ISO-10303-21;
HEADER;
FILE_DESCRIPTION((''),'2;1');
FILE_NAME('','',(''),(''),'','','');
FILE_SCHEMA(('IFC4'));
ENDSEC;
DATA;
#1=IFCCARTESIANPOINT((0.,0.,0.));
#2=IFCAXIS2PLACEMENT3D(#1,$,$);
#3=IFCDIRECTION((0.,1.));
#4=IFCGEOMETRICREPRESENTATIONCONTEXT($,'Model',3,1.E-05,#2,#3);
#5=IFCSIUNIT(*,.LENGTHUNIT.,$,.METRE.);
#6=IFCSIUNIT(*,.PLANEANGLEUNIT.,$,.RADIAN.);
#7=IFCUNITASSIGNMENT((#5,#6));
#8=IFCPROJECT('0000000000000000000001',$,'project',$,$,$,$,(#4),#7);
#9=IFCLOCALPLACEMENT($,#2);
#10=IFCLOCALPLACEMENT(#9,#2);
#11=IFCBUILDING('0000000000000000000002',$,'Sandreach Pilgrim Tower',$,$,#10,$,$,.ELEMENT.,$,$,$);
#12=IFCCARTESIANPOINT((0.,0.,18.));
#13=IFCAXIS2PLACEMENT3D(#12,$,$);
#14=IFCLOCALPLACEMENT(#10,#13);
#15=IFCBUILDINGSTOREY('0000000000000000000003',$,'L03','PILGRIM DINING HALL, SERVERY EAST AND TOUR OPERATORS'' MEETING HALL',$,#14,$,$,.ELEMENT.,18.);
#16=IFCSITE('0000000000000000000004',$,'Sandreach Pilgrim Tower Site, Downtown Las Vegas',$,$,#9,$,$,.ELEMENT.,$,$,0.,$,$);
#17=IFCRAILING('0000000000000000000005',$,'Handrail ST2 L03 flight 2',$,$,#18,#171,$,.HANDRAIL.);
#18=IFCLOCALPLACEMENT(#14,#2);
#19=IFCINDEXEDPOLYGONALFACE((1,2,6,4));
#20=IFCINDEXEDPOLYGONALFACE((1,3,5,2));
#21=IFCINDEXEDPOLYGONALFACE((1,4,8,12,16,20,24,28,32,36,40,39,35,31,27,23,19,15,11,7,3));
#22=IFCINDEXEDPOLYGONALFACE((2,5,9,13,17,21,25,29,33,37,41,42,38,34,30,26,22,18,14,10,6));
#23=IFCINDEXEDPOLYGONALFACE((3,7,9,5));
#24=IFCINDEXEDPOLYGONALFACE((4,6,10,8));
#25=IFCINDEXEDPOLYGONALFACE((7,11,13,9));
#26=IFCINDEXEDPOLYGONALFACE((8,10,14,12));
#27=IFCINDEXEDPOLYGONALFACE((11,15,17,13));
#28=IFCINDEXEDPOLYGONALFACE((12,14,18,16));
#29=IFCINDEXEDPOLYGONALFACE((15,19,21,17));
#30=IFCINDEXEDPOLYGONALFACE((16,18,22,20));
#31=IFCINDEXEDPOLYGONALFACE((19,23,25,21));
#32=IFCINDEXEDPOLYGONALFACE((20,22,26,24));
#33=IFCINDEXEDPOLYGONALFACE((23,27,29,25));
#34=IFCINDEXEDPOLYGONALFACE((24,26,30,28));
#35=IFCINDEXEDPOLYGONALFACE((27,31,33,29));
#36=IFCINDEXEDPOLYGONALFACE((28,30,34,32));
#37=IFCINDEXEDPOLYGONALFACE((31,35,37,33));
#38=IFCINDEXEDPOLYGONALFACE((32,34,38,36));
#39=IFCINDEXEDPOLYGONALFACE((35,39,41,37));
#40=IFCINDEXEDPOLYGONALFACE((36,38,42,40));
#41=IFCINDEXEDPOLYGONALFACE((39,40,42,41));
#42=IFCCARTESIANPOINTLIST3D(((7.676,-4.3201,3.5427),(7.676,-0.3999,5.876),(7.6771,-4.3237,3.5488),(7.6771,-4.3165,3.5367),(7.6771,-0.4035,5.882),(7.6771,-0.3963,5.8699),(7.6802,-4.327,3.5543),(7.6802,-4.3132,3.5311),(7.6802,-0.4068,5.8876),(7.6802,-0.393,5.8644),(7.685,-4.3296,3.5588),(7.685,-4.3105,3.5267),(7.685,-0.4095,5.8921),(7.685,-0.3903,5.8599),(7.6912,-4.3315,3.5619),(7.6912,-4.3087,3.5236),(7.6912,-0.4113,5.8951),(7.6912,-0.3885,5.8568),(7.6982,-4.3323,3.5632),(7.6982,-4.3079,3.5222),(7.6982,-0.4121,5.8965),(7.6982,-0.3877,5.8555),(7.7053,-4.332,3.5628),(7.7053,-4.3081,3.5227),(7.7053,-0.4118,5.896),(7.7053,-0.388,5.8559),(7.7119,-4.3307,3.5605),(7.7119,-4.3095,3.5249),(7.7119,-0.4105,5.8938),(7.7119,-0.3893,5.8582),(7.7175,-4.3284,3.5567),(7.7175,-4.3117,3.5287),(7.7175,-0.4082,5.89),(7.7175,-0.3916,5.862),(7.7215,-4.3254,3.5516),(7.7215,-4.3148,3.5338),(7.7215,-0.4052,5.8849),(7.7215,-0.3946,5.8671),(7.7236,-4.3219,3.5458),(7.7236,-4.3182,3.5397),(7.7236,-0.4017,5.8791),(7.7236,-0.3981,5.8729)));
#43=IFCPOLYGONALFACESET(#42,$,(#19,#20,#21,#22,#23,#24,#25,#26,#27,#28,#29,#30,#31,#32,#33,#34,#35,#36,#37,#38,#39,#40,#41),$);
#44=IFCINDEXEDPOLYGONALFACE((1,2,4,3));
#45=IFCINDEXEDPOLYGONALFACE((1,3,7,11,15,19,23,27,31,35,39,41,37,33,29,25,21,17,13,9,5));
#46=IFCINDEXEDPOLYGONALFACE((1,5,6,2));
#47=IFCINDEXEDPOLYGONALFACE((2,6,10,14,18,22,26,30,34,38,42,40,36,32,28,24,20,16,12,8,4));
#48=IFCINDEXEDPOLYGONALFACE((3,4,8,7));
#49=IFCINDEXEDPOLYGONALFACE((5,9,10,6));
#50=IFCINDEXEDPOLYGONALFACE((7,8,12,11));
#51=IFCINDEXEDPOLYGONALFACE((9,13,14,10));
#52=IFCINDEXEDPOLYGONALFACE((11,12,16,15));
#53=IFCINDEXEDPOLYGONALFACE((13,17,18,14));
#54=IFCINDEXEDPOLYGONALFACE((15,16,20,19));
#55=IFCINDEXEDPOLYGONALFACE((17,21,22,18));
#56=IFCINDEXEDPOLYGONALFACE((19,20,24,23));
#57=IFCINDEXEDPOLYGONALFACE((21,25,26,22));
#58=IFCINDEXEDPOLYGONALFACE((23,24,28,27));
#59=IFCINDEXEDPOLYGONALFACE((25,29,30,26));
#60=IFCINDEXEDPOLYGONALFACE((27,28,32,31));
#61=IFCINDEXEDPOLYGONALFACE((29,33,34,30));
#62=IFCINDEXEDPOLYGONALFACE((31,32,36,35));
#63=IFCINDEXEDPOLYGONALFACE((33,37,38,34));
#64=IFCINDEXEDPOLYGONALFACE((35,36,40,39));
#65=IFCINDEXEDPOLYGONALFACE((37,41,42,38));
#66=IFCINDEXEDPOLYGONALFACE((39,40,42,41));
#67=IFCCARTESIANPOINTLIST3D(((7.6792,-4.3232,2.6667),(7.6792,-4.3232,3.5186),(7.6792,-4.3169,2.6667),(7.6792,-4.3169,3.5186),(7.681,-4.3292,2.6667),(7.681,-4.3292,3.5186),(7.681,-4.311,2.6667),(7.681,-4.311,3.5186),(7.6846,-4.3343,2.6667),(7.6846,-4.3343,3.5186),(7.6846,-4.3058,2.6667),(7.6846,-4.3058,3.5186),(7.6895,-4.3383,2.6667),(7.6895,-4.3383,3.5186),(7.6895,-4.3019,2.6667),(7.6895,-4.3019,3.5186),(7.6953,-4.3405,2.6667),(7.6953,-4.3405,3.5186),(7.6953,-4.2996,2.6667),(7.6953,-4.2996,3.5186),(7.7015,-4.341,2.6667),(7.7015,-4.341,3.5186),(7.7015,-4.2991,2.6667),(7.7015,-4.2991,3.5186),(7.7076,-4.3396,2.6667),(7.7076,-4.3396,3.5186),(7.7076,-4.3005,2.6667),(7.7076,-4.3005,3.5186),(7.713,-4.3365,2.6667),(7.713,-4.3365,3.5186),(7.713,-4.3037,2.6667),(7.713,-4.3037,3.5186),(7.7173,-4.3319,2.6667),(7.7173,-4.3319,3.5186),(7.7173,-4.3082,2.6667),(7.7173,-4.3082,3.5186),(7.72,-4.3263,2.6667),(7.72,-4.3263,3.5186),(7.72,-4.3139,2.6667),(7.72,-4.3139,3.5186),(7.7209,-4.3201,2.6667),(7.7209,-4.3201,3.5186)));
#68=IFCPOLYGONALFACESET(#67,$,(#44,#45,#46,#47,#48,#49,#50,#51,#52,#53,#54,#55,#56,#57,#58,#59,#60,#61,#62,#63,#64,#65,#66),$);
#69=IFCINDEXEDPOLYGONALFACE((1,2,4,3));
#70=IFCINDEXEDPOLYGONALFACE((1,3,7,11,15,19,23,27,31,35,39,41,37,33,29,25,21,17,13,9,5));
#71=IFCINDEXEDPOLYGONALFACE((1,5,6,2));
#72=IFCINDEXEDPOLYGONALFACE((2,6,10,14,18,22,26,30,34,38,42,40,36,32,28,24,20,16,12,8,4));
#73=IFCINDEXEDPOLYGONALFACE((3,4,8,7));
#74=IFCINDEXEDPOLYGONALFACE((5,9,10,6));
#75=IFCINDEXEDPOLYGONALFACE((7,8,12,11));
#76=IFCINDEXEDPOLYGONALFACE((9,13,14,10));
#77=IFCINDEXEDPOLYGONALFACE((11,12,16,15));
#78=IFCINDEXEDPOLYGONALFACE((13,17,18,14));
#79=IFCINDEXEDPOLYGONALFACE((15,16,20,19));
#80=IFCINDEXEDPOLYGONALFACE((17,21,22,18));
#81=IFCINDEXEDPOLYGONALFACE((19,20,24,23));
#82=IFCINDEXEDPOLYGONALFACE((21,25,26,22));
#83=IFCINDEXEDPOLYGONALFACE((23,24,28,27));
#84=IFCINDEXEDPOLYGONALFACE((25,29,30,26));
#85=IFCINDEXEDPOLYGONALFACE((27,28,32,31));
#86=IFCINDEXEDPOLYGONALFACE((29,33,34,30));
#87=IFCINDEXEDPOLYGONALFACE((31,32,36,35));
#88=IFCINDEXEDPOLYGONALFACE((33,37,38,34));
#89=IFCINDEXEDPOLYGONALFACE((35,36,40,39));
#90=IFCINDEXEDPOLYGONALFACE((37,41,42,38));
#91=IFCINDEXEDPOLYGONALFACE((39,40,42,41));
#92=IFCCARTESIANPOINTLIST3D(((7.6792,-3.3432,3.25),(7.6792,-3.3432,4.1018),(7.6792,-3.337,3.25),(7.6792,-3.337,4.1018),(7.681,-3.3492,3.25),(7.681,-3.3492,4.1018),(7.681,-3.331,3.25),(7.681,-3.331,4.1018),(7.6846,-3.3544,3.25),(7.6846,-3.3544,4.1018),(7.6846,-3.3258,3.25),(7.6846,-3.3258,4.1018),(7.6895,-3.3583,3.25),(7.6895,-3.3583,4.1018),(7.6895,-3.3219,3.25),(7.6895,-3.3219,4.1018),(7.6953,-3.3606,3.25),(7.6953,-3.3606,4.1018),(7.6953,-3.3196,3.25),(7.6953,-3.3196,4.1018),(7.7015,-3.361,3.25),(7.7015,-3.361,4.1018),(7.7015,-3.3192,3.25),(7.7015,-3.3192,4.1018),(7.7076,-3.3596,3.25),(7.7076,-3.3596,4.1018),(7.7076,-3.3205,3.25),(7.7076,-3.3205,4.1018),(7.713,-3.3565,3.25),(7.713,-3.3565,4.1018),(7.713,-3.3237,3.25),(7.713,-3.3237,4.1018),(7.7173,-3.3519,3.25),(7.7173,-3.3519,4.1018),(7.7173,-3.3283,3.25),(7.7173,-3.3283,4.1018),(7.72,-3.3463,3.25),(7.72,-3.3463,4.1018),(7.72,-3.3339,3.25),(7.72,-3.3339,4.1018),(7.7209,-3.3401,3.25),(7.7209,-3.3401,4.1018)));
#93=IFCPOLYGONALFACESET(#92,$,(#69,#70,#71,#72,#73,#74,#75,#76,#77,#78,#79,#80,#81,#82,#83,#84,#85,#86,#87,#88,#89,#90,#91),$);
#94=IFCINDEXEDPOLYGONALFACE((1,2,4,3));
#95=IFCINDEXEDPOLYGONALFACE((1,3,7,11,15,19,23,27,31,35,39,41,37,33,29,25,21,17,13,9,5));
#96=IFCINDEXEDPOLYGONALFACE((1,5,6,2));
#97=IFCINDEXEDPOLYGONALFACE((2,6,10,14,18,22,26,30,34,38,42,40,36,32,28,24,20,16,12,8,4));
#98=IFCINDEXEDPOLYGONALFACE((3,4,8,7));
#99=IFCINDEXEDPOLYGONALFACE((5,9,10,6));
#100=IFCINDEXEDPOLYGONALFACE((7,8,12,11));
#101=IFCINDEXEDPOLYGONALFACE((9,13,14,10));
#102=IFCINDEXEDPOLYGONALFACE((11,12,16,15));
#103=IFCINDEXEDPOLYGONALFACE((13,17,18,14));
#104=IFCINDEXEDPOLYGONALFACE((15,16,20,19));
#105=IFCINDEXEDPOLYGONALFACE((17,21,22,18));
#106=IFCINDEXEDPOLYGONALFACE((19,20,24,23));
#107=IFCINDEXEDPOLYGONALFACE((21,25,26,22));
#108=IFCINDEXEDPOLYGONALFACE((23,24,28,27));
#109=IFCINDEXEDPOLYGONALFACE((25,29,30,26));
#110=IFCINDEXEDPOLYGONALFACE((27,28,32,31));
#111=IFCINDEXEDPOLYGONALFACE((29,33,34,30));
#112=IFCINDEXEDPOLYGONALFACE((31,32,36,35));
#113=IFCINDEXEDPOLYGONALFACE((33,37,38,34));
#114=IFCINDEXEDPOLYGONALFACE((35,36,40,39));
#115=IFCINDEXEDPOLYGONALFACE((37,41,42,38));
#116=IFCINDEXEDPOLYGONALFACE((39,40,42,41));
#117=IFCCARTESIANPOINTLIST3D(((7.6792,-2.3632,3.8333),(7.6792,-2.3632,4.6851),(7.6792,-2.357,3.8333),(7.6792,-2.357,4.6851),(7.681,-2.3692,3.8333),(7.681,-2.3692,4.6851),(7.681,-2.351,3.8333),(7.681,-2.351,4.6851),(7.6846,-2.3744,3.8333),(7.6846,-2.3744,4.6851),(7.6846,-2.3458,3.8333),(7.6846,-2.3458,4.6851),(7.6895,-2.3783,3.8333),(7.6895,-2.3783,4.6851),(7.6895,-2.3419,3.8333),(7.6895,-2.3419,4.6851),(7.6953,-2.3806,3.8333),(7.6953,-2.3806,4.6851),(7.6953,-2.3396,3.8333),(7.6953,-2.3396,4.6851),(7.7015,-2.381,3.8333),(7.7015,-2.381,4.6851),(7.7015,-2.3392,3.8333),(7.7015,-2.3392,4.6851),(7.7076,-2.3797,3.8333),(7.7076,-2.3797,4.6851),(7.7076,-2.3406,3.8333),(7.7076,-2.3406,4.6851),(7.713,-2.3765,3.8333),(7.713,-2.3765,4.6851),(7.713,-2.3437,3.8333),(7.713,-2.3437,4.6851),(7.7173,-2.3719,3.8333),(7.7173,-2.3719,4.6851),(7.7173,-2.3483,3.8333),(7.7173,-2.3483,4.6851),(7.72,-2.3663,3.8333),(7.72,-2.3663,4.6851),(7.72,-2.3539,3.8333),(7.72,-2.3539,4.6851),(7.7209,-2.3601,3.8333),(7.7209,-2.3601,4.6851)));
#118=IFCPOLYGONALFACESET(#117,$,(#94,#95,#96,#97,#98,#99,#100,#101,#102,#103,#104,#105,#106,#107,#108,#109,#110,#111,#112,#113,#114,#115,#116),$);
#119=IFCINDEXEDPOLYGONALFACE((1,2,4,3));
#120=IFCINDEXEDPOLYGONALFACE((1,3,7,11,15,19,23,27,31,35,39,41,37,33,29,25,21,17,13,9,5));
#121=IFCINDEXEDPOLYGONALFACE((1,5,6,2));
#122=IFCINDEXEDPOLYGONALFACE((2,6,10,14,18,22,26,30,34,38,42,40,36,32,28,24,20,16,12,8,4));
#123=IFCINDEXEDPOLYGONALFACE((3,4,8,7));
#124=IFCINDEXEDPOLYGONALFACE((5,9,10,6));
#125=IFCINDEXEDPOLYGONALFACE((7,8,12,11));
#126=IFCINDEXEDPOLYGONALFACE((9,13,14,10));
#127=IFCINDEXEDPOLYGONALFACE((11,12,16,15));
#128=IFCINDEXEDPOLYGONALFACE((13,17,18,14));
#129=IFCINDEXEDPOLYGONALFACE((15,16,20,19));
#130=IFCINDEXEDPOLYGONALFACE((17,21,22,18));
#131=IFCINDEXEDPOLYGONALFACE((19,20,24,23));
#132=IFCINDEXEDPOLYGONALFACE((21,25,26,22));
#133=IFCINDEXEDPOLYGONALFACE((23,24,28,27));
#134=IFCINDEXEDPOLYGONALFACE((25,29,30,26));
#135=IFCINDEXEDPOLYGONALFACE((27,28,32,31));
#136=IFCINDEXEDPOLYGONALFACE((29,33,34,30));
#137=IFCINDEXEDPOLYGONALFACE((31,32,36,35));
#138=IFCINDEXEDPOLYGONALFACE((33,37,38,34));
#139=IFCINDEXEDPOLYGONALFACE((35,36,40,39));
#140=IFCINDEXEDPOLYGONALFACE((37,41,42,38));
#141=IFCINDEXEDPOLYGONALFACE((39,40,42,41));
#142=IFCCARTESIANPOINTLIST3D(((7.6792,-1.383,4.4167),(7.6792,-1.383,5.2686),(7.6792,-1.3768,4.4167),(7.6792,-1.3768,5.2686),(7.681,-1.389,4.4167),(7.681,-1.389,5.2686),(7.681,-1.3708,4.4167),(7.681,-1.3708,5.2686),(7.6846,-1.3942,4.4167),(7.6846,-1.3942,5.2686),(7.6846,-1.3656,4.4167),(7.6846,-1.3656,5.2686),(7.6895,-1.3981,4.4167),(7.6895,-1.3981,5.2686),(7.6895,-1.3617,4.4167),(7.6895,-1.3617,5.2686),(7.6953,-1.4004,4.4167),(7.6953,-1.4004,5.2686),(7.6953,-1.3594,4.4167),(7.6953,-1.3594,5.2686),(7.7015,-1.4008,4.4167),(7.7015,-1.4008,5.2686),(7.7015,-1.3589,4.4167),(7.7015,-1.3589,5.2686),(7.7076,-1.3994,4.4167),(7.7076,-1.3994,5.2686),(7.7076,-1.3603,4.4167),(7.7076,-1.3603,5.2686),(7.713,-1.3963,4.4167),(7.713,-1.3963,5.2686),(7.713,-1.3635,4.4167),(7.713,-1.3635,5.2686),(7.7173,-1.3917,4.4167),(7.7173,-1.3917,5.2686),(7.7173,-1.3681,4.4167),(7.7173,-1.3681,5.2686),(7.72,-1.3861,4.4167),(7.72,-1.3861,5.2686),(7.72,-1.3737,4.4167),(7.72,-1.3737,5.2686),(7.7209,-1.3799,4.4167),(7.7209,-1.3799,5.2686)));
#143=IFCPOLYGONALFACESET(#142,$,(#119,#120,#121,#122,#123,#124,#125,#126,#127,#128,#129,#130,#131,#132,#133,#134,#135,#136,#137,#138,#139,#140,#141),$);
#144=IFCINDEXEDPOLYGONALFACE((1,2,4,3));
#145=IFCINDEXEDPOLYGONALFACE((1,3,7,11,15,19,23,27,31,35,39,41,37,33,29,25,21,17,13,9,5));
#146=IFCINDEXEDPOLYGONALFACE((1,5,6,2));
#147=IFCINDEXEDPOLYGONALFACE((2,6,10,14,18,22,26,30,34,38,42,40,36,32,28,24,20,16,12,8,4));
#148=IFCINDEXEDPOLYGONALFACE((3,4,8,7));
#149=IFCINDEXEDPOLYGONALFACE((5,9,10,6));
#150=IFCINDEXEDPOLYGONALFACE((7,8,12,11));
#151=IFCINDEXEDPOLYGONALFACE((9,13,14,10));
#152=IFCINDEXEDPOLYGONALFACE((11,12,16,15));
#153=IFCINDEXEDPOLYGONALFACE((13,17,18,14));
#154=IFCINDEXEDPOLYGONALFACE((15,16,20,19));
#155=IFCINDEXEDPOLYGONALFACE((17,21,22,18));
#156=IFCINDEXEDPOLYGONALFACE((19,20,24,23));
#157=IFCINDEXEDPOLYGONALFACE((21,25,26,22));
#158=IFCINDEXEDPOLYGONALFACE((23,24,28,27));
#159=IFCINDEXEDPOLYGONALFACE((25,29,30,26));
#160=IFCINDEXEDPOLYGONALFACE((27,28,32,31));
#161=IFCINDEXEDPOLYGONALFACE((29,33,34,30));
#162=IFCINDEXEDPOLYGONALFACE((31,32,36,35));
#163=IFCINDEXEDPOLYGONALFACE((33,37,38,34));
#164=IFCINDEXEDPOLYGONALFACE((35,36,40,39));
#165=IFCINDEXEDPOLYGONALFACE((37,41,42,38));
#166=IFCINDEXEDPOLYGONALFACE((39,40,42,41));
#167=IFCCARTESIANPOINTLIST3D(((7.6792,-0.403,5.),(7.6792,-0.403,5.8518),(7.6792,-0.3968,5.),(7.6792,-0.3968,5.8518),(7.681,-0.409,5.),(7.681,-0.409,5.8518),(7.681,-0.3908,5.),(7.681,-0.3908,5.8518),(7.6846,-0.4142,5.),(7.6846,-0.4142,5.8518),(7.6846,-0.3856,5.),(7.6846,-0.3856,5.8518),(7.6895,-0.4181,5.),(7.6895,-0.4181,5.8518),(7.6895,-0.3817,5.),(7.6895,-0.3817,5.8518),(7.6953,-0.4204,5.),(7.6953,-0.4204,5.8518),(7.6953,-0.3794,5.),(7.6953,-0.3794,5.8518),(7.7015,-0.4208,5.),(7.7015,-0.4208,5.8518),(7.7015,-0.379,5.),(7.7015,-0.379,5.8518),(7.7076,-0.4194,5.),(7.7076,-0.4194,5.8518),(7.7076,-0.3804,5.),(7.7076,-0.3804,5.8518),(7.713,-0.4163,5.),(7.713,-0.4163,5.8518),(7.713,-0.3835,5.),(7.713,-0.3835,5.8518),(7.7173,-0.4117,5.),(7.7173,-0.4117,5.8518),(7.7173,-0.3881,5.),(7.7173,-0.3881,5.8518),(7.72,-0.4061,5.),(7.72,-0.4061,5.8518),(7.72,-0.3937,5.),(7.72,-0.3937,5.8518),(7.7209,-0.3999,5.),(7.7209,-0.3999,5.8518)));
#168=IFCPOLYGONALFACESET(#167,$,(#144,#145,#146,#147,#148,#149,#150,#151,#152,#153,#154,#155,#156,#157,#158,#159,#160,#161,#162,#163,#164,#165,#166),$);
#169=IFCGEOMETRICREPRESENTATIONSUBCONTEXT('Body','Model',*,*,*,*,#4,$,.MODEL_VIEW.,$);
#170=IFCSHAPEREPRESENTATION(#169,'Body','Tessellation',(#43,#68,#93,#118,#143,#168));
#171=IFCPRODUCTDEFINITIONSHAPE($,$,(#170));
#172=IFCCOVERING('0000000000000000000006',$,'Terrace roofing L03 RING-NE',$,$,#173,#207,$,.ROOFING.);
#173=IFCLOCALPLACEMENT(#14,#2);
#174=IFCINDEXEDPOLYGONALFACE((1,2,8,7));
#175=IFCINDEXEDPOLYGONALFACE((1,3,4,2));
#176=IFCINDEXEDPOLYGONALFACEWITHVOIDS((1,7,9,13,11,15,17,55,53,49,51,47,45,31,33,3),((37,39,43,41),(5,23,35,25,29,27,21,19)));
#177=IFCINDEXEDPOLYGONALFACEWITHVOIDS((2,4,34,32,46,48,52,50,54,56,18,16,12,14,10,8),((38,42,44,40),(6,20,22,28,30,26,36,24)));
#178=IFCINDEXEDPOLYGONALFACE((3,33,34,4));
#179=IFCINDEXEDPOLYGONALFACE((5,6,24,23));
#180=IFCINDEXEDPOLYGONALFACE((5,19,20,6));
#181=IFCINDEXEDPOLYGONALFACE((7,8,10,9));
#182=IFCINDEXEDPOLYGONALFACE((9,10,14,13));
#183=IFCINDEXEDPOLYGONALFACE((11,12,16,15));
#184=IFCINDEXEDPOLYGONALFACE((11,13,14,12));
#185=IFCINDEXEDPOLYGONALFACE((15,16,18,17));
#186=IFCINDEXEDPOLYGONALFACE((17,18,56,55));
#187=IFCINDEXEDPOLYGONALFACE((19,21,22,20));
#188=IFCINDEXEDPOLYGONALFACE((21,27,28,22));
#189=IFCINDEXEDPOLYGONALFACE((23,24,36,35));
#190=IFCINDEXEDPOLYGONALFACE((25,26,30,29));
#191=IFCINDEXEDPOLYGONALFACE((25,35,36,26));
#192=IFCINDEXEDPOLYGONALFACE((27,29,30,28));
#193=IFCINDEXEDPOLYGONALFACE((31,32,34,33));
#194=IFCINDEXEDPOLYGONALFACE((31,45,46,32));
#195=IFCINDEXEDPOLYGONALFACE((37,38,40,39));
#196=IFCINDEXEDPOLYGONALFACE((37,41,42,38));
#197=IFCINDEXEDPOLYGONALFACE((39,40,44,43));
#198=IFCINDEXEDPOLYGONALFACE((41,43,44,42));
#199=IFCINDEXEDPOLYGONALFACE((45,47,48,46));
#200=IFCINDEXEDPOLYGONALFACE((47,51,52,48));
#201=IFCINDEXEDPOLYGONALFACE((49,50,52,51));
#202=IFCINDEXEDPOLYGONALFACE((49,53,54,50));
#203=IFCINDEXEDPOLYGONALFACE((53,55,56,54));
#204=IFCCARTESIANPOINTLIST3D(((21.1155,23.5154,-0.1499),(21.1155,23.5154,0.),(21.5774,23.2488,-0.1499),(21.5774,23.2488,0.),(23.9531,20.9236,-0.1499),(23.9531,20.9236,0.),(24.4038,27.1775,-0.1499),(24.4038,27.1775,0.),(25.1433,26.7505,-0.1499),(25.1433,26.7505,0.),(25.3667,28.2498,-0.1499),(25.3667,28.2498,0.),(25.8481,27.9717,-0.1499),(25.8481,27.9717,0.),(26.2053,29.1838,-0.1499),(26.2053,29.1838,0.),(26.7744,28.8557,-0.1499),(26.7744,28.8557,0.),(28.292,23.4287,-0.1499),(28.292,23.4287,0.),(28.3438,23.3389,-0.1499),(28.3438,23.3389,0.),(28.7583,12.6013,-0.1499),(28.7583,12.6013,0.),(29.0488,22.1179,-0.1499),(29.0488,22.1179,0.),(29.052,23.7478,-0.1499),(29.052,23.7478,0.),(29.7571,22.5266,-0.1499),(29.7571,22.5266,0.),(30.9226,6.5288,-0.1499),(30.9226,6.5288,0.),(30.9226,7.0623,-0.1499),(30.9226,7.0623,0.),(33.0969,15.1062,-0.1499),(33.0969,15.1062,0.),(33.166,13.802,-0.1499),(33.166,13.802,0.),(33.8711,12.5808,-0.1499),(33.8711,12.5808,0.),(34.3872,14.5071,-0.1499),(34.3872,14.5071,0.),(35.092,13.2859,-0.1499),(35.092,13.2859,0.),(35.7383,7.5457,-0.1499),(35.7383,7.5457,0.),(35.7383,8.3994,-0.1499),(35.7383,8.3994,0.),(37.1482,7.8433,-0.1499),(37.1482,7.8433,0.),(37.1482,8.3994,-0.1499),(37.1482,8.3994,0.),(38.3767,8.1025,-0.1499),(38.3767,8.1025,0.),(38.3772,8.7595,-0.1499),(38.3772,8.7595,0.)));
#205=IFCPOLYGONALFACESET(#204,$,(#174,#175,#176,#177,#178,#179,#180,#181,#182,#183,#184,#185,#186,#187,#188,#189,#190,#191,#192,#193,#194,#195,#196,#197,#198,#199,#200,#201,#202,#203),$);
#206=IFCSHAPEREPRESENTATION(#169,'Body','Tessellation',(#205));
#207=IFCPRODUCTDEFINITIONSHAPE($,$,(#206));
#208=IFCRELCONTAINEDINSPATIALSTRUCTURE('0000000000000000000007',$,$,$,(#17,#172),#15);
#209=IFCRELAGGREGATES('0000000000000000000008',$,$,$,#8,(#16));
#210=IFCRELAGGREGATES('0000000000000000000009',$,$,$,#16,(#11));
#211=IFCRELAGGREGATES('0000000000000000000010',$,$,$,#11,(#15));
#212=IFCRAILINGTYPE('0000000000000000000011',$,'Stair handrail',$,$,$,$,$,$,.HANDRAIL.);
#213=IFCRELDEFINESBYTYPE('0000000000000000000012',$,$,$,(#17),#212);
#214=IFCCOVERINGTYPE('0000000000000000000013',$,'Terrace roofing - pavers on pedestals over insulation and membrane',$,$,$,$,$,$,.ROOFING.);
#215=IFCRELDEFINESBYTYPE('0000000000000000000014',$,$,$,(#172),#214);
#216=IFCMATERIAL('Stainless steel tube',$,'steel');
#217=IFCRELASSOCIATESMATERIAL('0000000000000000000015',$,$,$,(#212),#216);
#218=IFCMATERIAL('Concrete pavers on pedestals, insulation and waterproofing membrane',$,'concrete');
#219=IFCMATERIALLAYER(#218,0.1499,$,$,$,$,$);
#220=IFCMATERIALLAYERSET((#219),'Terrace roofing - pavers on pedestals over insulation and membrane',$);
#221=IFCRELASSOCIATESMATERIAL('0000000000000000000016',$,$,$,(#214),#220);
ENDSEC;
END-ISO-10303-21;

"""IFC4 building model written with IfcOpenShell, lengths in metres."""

from ifc_helpers import new_model, si_unit, direction, frame, origin, origin_2d, place, context, subcontext, project, spatial, polyline, circle, outline, extrude, material, layer, layer_set, type_object, element, save


model = new_model("IFC4")

# Units and contexts
model_context = context("Model", 3, precision=1e-05, world=origin(), true_north=direction((0.0, 1.0)))
body_context = subcontext(model_context, "Body", "Model", "MODEL_VIEW")
ifc_project = project(units=[si_unit("LENGTHUNIT", "METRE"), si_unit("PLANEANGLEUNIT", "RADIAN")], contexts=[model_context])

# Site, building, storey
site_placement = place(None, origin())
site = spatial("IfcSite", under=ifc_project, at=site_placement, Name="Sandreach Pilgrim Tower Site, Downtown Las Vegas", CompositionType="ELEMENT", RefElevation=0.0)
building_placement = place(site_placement, origin())
building = spatial("IfcBuilding", under=site, at=building_placement, Name="Sandreach Pilgrim Tower", CompositionType="ELEMENT")
storey_placement = place(building_placement, frame((0.0, 0.0, 18.0)))
storey = spatial("IfcBuildingStorey", under=building, at=storey_placement, Name="L03", Description="PILGRIM DINING HALL, SERVERY EAST AND TOUR OPERATORS' MEETING HALL", CompositionType="ELEMENT", Elevation=18.0)

# Railing
ifc_material_1 = material(Name="Stainless steel tube", Category="steel")
railing_type = type_object("IfcRailingType", Name="Stair handrail", PredefinedType="HANDRAIL", material=ifc_material_1)
for number, where, name in (
    (1, (7.7, -4.3201, 2.6667), "Handrail ST2 L03 flight 2"),
):
    element("IfcRailing", number, at=place(storey_placement, frame(where)), inside=storey, type_object=railing_type, Name=name, PredefinedType="HANDRAIL", context=body_context, shape_type="SweptSolid", body=[
        extrude(circle(Radius=0.0239, at=origin_2d()), frame((0.0, 0.0, 0.876), z_axis=(0.0, 0.85931, 0.511455), x_axis=(-1.0, 0.0, 0.0)), (0.0, 0.0, 1.0), 4.562),
        extrude(circle(Radius=0.021, at=origin_2d()), origin(), (0.0, 0.0, 1.0), 0.8518),
        extrude(circle(Radius=0.021, at=origin_2d()), frame((0.0, 0.98, 0.5833)), (0.0, 0.0, 1.0), 0.8518),
        extrude(circle(Radius=0.021, at=origin_2d()), frame((0.0, 1.96, 1.1665)), (0.0, 0.0, 1.0), 0.8518),
        extrude(circle(Radius=0.021, at=origin_2d()), frame((0.0, 2.9402, 1.75)), (0.0, 0.0, 1.0), 0.8518),
        extrude(circle(Radius=0.021, at=origin_2d()), frame((0.0, 3.9202, 2.3333)), (0.0, 0.0, 1.0), 0.8518),
    ])

# Covering
ifc_material_2 = material(Name="Concrete pavers on pedestals, insulation and waterproofing membrane", Category="concrete")
ifc_layer_1 = layer(ifc_material_2, 0.1499)
ifc_layer_set_1 = layer_set([ifc_layer_1], Name="Terrace roofing - pavers on pedestals over insulation and membrane")
covering_type_1 = type_object("IfcCoveringType", Name="Terrace roofing - pavers on pedestals over insulation and membrane", PredefinedType="ROOFING", material=ifc_layer_set_1)
covering_1_placement = place(storey_placement, frame((0.0, 0.0, -0.1499)))
element("IfcCovering", 2, at=covering_1_placement, inside=storey, type_object=covering_type_1, Name="Terrace roofing L03 RING-NE", PredefinedType="ROOFING", context=body_context, shape_type="SweptSolid", body=[
    extrude(outline(polyline([(37.1482, 7.8433), (37.1482, 8.3994), (35.7383, 8.3994), (35.7383, 7.5457), (30.9226, 6.5288), (30.9226, 7.0623), (21.5774, 23.2488), (21.1155, 23.5154), (24.4038, 27.1775), (25.1433, 26.7505), (25.8481, 27.9717), (25.3667, 28.2498), (26.2053, 29.1838), (26.7744, 28.8557), (38.3772, 8.7595), (38.3767, 8.1025), (37.1482, 7.8433)]), holes=[polyline([(28.292, 23.4287), (23.9531, 20.9236), (28.7583, 12.6013), (33.0969, 15.1062), (29.0488, 22.1179), (29.7571, 22.5266), (29.052, 23.7478), (28.3438, 23.3389), (28.292, 23.4287)]), polyline([(35.092, 13.2859), (34.3872, 14.5071), (33.166, 13.802), (33.8711, 12.5808), (35.092, 13.2859)])]), origin(), (0.0, 0.0, 1.0), 0.1499),
])

save(model, "model.ifc")
